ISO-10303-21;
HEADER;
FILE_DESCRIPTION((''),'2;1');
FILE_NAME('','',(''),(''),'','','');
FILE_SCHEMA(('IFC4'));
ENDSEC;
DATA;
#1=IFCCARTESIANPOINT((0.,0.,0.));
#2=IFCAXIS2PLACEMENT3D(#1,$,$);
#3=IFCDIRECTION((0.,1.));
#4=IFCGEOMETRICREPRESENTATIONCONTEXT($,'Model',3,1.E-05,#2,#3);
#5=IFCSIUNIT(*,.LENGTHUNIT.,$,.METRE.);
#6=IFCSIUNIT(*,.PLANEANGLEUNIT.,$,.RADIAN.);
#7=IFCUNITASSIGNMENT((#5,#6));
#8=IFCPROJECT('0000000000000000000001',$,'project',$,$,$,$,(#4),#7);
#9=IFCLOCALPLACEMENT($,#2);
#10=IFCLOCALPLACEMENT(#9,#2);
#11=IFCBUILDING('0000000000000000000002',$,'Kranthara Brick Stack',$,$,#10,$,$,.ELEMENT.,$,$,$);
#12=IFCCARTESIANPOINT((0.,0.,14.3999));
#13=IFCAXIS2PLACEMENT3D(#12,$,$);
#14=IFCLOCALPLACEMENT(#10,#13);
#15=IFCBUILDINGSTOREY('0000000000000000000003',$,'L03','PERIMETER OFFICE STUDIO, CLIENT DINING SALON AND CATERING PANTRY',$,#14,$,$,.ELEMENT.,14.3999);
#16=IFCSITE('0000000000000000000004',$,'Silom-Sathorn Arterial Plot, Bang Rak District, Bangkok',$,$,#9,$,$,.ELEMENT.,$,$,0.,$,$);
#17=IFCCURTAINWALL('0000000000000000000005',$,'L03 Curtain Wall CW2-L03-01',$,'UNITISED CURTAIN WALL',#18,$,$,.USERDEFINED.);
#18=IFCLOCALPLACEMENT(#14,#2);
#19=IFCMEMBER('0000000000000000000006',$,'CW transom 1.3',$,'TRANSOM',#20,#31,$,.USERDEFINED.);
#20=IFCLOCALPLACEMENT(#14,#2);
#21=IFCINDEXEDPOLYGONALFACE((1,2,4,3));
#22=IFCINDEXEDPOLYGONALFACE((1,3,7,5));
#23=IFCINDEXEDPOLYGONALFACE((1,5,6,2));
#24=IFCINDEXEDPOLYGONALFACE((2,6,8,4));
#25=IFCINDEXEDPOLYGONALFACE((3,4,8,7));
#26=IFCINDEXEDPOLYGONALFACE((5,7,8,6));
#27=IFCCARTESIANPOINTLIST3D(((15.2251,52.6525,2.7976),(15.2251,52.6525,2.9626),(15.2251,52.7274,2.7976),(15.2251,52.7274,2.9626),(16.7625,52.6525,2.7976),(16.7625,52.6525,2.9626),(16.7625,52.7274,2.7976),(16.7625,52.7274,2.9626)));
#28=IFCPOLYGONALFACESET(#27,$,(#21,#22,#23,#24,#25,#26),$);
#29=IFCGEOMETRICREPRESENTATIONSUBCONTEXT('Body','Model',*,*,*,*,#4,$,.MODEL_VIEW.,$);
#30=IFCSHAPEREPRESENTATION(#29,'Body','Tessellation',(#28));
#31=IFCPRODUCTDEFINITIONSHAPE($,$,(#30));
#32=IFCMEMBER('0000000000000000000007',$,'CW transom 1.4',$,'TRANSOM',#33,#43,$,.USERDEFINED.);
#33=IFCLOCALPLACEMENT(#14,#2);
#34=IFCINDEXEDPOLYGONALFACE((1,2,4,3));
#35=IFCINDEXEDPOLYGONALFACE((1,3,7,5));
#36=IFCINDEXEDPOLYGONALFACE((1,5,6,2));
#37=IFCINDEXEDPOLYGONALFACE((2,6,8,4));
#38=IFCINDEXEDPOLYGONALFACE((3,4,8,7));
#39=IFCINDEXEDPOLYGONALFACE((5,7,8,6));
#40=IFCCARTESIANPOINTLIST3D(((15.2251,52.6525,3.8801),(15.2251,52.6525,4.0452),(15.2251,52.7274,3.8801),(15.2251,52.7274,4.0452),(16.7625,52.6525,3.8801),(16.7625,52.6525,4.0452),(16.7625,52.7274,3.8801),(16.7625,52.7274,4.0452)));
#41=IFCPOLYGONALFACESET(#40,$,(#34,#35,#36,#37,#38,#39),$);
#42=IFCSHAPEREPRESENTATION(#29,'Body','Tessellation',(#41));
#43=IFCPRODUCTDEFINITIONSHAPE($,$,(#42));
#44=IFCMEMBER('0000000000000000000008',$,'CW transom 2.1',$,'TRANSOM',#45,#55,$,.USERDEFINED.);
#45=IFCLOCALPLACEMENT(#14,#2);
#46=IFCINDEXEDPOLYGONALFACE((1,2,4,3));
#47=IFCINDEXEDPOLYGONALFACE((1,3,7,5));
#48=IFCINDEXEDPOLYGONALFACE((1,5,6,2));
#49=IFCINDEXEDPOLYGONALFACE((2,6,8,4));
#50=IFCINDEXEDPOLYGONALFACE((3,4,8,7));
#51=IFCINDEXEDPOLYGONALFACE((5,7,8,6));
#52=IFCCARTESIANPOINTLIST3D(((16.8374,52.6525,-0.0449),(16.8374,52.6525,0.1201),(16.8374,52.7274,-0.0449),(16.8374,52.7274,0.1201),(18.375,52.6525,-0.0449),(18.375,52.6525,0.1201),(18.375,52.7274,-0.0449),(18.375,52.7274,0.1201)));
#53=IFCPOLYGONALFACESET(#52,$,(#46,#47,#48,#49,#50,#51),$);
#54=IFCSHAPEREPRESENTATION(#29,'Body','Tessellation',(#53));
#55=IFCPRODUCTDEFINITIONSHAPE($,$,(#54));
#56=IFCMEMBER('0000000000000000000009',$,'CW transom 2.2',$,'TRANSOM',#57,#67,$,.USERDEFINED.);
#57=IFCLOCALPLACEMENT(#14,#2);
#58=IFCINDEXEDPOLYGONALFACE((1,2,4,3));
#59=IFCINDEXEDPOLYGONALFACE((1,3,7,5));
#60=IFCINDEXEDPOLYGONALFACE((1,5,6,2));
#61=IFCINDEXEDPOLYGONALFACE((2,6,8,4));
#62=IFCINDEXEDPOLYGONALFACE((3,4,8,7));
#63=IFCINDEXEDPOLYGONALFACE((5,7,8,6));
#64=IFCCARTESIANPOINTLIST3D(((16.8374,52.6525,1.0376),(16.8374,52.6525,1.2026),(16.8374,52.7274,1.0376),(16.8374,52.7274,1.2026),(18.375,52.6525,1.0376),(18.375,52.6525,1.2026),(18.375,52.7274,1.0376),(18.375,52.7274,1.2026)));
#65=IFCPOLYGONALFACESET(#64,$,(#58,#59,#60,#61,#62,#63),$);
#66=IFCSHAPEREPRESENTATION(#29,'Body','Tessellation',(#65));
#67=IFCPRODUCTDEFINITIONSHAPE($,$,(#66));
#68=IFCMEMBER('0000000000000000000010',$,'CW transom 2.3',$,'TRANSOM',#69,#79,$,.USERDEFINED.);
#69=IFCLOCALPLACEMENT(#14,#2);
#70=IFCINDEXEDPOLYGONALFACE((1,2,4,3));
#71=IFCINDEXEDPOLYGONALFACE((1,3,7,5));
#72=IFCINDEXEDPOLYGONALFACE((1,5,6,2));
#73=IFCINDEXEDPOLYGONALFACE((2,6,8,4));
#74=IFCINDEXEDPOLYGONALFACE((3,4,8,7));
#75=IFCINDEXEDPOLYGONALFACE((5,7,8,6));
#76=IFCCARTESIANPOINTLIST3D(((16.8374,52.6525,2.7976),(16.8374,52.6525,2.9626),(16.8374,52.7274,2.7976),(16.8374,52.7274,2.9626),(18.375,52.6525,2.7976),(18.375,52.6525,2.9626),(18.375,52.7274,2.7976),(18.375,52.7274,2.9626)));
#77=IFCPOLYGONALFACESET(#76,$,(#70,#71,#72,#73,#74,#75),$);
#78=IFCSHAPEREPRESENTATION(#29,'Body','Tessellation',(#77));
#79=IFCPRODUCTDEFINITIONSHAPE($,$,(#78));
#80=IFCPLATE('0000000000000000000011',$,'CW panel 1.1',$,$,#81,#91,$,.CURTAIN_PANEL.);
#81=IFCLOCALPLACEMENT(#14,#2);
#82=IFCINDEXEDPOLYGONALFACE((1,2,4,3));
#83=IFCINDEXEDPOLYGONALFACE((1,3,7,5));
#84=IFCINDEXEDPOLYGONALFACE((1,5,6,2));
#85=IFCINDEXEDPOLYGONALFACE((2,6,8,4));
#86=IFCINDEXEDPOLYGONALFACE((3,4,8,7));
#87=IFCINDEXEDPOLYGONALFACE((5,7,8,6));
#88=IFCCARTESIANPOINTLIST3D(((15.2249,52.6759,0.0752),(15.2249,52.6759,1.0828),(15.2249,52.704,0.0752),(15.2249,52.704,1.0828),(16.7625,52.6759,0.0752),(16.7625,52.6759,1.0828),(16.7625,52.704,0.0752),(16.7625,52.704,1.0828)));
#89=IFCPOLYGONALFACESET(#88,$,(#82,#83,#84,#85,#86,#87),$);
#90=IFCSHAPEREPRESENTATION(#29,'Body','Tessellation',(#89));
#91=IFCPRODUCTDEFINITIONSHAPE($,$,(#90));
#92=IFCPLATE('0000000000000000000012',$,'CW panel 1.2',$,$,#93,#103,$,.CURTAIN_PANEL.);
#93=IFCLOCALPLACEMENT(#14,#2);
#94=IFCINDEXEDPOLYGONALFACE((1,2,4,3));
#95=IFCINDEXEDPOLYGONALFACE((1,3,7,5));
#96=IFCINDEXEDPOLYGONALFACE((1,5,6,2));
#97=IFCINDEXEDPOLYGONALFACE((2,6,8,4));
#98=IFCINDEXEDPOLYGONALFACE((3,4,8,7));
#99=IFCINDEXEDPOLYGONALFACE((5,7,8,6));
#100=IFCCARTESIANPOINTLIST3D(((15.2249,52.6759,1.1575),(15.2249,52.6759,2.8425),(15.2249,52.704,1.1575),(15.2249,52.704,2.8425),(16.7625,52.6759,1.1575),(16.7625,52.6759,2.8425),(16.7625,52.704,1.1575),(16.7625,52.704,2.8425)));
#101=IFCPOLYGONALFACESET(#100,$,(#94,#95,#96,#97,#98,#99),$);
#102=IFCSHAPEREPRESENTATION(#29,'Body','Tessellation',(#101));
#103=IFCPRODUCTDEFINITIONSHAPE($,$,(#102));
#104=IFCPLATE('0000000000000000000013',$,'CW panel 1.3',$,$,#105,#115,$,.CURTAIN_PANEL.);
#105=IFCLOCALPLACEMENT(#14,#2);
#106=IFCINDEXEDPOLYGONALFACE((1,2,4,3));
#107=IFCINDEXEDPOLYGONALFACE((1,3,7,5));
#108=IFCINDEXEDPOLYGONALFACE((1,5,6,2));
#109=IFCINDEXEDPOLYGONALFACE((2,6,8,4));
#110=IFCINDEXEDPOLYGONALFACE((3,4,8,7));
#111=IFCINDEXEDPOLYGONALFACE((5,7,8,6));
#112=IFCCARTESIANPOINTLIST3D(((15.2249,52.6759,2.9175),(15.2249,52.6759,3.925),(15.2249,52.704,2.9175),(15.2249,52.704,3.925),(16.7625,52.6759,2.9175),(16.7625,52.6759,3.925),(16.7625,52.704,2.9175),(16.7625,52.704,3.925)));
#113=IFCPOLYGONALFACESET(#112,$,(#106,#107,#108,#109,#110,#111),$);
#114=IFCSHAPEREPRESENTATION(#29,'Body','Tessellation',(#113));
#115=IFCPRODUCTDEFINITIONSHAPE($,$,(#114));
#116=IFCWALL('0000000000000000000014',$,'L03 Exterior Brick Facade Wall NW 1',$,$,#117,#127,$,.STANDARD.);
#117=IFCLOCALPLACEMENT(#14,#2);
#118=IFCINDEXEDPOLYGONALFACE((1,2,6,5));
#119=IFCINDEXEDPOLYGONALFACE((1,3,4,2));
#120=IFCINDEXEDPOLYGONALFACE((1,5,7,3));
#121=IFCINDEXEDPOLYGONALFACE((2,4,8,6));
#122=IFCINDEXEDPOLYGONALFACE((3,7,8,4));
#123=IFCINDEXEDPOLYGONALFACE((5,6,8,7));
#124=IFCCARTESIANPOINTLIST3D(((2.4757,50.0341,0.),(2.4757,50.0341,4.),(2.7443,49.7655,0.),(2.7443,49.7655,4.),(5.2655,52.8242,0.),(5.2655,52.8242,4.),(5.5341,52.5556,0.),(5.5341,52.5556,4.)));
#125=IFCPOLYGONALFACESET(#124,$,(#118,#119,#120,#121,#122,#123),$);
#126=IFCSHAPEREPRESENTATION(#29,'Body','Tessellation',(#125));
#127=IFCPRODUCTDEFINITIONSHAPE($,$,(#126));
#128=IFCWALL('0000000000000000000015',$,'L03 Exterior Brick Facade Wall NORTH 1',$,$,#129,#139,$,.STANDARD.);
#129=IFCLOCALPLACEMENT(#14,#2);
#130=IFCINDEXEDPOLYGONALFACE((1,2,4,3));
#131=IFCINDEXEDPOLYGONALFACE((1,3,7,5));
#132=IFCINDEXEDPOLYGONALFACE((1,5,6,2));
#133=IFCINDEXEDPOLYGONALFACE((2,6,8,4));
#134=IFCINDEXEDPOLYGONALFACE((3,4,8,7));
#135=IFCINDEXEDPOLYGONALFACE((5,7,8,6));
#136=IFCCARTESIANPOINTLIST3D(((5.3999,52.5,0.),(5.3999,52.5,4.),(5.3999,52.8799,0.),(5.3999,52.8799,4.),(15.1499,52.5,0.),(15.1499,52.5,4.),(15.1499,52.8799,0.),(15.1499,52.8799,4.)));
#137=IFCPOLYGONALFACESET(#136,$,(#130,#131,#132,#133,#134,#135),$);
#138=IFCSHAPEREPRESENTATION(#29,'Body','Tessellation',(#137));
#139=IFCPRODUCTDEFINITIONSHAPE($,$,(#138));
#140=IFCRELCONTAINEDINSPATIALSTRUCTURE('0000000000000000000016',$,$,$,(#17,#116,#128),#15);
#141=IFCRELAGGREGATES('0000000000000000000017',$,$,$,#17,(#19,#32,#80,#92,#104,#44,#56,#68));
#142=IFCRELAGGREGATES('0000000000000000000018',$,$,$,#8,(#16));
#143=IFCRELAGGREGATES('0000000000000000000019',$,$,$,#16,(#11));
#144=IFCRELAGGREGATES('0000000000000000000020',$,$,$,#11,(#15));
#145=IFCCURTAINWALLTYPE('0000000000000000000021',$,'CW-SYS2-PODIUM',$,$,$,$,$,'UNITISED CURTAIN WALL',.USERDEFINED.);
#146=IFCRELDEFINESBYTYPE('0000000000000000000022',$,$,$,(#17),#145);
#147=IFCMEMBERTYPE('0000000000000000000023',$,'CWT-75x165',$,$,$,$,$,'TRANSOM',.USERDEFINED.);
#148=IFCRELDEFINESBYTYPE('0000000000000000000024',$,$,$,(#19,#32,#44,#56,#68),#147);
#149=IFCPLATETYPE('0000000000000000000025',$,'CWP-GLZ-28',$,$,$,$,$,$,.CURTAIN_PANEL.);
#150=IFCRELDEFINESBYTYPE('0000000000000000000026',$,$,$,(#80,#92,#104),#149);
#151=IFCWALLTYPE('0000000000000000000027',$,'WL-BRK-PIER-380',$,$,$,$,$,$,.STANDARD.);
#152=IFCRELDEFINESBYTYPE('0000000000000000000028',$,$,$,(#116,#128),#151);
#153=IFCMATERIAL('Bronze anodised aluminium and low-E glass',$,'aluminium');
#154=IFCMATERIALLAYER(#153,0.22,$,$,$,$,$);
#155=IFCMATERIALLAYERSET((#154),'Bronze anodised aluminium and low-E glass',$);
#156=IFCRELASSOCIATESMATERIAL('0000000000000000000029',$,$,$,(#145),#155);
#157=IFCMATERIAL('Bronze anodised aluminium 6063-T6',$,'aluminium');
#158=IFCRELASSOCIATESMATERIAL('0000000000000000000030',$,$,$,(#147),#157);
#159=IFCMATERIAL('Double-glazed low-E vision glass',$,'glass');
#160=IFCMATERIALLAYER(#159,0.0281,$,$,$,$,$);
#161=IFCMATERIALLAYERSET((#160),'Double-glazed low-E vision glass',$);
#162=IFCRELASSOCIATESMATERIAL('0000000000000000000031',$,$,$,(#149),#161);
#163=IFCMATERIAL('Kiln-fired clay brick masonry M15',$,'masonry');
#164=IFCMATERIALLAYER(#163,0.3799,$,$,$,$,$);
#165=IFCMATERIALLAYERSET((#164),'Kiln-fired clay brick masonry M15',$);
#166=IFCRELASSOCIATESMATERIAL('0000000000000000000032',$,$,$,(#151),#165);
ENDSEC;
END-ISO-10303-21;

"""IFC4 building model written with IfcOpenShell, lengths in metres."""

from ifc_helpers import new_model, si_unit, direction, frame, frame_2d, origin, origin_2d, place, context, subcontext, project, spatial, rectangle, extrude, material, layer, layer_set, material_profile, profile_set, type_object, element, aggregate, save


model = new_model("IFC4")

# Units and contexts
model_context = context("Model", 3, precision=1e-05, world=origin(), true_north=direction((0.0, 1.0)))
body_context = subcontext(model_context, "Body", "Model", "MODEL_VIEW")
ifc_project = project(units=[si_unit("LENGTHUNIT", "METRE"), si_unit("PLANEANGLEUNIT", "RADIAN")], contexts=[model_context])

# Site, building, storey
site_placement = place(None, origin())
site = spatial("IfcSite", under=ifc_project, at=site_placement, Name="Silom-Sathorn Arterial Plot, Bang Rak District, Bangkok", CompositionType="ELEMENT", RefElevation=0.0)
building_placement = place(site_placement, origin())
building = spatial("IfcBuilding", under=site, at=building_placement, Name="Kranthara Brick Stack", CompositionType="ELEMENT")
storey_placement = place(building_placement, frame((0.0, 0.0, 14.3999)))
storey = spatial("IfcBuildingStorey", under=building, at=storey_placement, Name="L03", Description="PERIMETER OFFICE STUDIO, CLIENT DINING SALON AND CATERING PANTRY", CompositionType="ELEMENT", Elevation=14.3999)

# Curtain wall, members, plates
ifc_material_1 = material(Name="Bronze anodised aluminium and low-E glass", Category="aluminium")
ifc_layer_1 = layer(ifc_material_1, 0.22)
ifc_layer_set_1 = layer_set([ifc_layer_1], Name="Bronze anodised aluminium and low-E glass")
curtain_wall_type = type_object("IfcCurtainWallType", Name="CW-SYS2-PODIUM", ElementType="UNITISED CURTAIN WALL", PredefinedType="USERDEFINED", material=ifc_layer_set_1)
curtain_wall_placement = place(storey_placement, origin())
curtain_wall = element("IfcCurtainWall", 1, at=curtain_wall_placement, inside=storey, type_object=curtain_wall_type, Name="L03 Curtain Wall CW2-L03-01", ObjectType="UNITISED CURTAIN WALL", PredefinedType="USERDEFINED")
ifc_material_2 = material(Name="Bronze anodised aluminium 6063-T6", Category="aluminium")
ifc_material_profile_1 = material_profile(ifc_material_2, rectangle(XDim=0.075, YDim=0.165, at=origin_2d()), Name="ALU TRANSOM 75x165")
ifc_profile_set_1 = profile_set([ifc_material_profile_1], Name="Bronze anodised aluminium 6063-T6")
member_type_1 = type_object("IfcMemberType", Name="CWT-75x165", ElementType="TRANSOM", PredefinedType="USERDEFINED", material=ifc_profile_set_1)
member_1_placement = place(storey_placement, frame((15.2251, 52.6899, 2.8801), z_axis=(1.0, 0.0, 0.0), x_axis=(0.0, 1.0, 0.0)))
member_1 = element("IfcMember", 2, at=member_1_placement, type_object=member_type_1, Name="CW transom 1.3", ObjectType="TRANSOM", PredefinedType="USERDEFINED", context=body_context, shape_type="SweptSolid", body=[
    extrude(rectangle(XDim=0.075, YDim=0.165, at=origin_2d()), origin(), (0.0, 0.0, 1.0), 1.5374),
])
member_2_placement = place(storey_placement, frame((15.2251, 52.6899, 3.9626), z_axis=(1.0, 0.0, 0.0), x_axis=(0.0, 1.0, 0.0)))
member_2 = element("IfcMember", 3, at=member_2_placement, type_object=member_type_1, Name="CW transom 1.4", ObjectType="TRANSOM", PredefinedType="USERDEFINED", context=body_context, shape_type="SweptSolid", body=[
    extrude(rectangle(XDim=0.075, YDim=0.165, at=origin_2d()), origin(), (0.0, 0.0, 1.0), 1.5374),
])
member_3_placement = place(storey_placement, frame((16.8374, 52.6899, 0.0376), z_axis=(1.0, 0.0, 0.0), x_axis=(0.0, 1.0, 0.0)))
member_3 = element("IfcMember", 4, at=member_3_placement, type_object=member_type_1, Name="CW transom 2.1", ObjectType="TRANSOM", PredefinedType="USERDEFINED", context=body_context, shape_type="SweptSolid", body=[
    extrude(rectangle(XDim=0.075, YDim=0.165, at=origin_2d()), origin(), (0.0, 0.0, 1.0), 1.5376),
])
member_4_placement = place(storey_placement, frame((16.8374, 52.6899, 1.1201), z_axis=(1.0, 0.0, 0.0), x_axis=(0.0, 1.0, 0.0)))
member_4 = element("IfcMember", 5, at=member_4_placement, type_object=member_type_1, Name="CW transom 2.2", ObjectType="TRANSOM", PredefinedType="USERDEFINED", context=body_context, shape_type="SweptSolid", body=[
    extrude(rectangle(XDim=0.075, YDim=0.165, at=origin_2d()), origin(), (0.0, 0.0, 1.0), 1.5376),
])
member_5_placement = place(storey_placement, frame((16.8374, 52.6899, 2.8801), z_axis=(1.0, 0.0, 0.0), x_axis=(0.0, 1.0, 0.0)))
member_5 = element("IfcMember", 6, at=member_5_placement, type_object=member_type_1, Name="CW transom 2.3", ObjectType="TRANSOM", PredefinedType="USERDEFINED", context=body_context, shape_type="SweptSolid", body=[
    extrude(rectangle(XDim=0.075, YDim=0.165, at=origin_2d()), origin(), (0.0, 0.0, 1.0), 1.5376),
])
ifc_material_3 = material(Name="Double-glazed low-E vision glass", Category="glass")
ifc_layer_2 = layer(ifc_material_3, 0.0281)
ifc_layer_set_2 = layer_set([ifc_layer_2], Name="Double-glazed low-E vision glass")
plate_type = type_object("IfcPlateType", Name="CWP-GLZ-28", PredefinedType="CURTAIN_PANEL", material=ifc_layer_set_2)
plate_1_placement = place(storey_placement, frame((15.9937, 52.6899, 0.0752), z_axis=(0.0, 0.0, 1.0), x_axis=(1.0, 0.0, 0.0)))
plate_1 = element("IfcPlate", 7, at=plate_1_placement, type_object=plate_type, Name="CW panel 1.1", PredefinedType="CURTAIN_PANEL", context=body_context, shape_type="SweptSolid", body=[
    extrude(rectangle(XDim=1.5376, YDim=0.0281, at=origin_2d()), origin(), (0.0, 0.0, 1.0), 1.0076),
])
plate_2_placement = place(storey_placement, frame((15.9937, 52.6899, 1.1575), z_axis=(0.0, 0.0, 1.0), x_axis=(1.0, 0.0, 0.0)))
plate_2 = element("IfcPlate", 8, at=plate_2_placement, type_object=plate_type, Name="CW panel 1.2", PredefinedType="CURTAIN_PANEL", context=body_context, shape_type="SweptSolid", body=[
    extrude(rectangle(XDim=1.5376, YDim=0.0281, at=origin_2d()), origin(), (0.0, 0.0, 1.0), 1.6851),
])
plate_3_placement = place(storey_placement, frame((15.9937, 52.6899, 2.9175), z_axis=(0.0, 0.0, 1.0), x_axis=(1.0, 0.0, 0.0)))
plate_3 = element("IfcPlate", 9, at=plate_3_placement, type_object=plate_type, Name="CW panel 1.3", PredefinedType="CURTAIN_PANEL", context=body_context, shape_type="SweptSolid", body=[
    extrude(rectangle(XDim=1.5376, YDim=0.0281, at=origin_2d()), origin(), (0.0, 0.0, 1.0), 1.0076),
])
aggregate(curtain_wall, [member_1, member_2, plate_1, plate_2, plate_3, member_3, member_4, member_5])

# Walls
ifc_material_4 = material(Name="Kiln-fired clay brick masonry M15", Category="masonry")
ifc_layer_3 = layer(ifc_material_4, 0.3799)
ifc_layer_set_3 = layer_set([ifc_layer_3], Name="Kiln-fired clay brick masonry M15")
wall_type = type_object("IfcWallType", Name="WL-BRK-PIER-380", PredefinedType="STANDARD", material=ifc_layer_set_3)
wall_1_placement = place(storey_placement, frame((2.6101, 49.8999, 0.0), z_axis=(0.0, 0.0, 1.0), x_axis=(0.707076, 0.707138, 0.0)))
element("IfcWall", 10, at=wall_1_placement, inside=storey, type_object=wall_type, Name="L03 Exterior Brick Facade Wall NW 1", PredefinedType="STANDARD", context=body_context, shape_type="SweptSolid", body=[
    extrude(rectangle(XDim=3.9456, YDim=0.3799, at=frame_2d((1.9727, 0.0))), origin(), (0.0, 0.0, 1.0), 4.0),
])
wall_2_placement = place(storey_placement, frame((5.3999, 52.6899, 0.0), z_axis=(0.0, 0.0, 1.0), x_axis=(1.0, 0.0, 0.0)))
element("IfcWall", 11, at=wall_2_placement, inside=storey, type_object=wall_type, Name="L03 Exterior Brick Facade Wall NORTH 1", PredefinedType="STANDARD", context=body_context, shape_type="SweptSolid", body=[
    extrude(rectangle(XDim=9.75, YDim=0.3799, at=frame_2d((4.875, 0.0))), origin(), (0.0, 0.0, 1.0), 4.0),
])

save(model, "model.ifc")
